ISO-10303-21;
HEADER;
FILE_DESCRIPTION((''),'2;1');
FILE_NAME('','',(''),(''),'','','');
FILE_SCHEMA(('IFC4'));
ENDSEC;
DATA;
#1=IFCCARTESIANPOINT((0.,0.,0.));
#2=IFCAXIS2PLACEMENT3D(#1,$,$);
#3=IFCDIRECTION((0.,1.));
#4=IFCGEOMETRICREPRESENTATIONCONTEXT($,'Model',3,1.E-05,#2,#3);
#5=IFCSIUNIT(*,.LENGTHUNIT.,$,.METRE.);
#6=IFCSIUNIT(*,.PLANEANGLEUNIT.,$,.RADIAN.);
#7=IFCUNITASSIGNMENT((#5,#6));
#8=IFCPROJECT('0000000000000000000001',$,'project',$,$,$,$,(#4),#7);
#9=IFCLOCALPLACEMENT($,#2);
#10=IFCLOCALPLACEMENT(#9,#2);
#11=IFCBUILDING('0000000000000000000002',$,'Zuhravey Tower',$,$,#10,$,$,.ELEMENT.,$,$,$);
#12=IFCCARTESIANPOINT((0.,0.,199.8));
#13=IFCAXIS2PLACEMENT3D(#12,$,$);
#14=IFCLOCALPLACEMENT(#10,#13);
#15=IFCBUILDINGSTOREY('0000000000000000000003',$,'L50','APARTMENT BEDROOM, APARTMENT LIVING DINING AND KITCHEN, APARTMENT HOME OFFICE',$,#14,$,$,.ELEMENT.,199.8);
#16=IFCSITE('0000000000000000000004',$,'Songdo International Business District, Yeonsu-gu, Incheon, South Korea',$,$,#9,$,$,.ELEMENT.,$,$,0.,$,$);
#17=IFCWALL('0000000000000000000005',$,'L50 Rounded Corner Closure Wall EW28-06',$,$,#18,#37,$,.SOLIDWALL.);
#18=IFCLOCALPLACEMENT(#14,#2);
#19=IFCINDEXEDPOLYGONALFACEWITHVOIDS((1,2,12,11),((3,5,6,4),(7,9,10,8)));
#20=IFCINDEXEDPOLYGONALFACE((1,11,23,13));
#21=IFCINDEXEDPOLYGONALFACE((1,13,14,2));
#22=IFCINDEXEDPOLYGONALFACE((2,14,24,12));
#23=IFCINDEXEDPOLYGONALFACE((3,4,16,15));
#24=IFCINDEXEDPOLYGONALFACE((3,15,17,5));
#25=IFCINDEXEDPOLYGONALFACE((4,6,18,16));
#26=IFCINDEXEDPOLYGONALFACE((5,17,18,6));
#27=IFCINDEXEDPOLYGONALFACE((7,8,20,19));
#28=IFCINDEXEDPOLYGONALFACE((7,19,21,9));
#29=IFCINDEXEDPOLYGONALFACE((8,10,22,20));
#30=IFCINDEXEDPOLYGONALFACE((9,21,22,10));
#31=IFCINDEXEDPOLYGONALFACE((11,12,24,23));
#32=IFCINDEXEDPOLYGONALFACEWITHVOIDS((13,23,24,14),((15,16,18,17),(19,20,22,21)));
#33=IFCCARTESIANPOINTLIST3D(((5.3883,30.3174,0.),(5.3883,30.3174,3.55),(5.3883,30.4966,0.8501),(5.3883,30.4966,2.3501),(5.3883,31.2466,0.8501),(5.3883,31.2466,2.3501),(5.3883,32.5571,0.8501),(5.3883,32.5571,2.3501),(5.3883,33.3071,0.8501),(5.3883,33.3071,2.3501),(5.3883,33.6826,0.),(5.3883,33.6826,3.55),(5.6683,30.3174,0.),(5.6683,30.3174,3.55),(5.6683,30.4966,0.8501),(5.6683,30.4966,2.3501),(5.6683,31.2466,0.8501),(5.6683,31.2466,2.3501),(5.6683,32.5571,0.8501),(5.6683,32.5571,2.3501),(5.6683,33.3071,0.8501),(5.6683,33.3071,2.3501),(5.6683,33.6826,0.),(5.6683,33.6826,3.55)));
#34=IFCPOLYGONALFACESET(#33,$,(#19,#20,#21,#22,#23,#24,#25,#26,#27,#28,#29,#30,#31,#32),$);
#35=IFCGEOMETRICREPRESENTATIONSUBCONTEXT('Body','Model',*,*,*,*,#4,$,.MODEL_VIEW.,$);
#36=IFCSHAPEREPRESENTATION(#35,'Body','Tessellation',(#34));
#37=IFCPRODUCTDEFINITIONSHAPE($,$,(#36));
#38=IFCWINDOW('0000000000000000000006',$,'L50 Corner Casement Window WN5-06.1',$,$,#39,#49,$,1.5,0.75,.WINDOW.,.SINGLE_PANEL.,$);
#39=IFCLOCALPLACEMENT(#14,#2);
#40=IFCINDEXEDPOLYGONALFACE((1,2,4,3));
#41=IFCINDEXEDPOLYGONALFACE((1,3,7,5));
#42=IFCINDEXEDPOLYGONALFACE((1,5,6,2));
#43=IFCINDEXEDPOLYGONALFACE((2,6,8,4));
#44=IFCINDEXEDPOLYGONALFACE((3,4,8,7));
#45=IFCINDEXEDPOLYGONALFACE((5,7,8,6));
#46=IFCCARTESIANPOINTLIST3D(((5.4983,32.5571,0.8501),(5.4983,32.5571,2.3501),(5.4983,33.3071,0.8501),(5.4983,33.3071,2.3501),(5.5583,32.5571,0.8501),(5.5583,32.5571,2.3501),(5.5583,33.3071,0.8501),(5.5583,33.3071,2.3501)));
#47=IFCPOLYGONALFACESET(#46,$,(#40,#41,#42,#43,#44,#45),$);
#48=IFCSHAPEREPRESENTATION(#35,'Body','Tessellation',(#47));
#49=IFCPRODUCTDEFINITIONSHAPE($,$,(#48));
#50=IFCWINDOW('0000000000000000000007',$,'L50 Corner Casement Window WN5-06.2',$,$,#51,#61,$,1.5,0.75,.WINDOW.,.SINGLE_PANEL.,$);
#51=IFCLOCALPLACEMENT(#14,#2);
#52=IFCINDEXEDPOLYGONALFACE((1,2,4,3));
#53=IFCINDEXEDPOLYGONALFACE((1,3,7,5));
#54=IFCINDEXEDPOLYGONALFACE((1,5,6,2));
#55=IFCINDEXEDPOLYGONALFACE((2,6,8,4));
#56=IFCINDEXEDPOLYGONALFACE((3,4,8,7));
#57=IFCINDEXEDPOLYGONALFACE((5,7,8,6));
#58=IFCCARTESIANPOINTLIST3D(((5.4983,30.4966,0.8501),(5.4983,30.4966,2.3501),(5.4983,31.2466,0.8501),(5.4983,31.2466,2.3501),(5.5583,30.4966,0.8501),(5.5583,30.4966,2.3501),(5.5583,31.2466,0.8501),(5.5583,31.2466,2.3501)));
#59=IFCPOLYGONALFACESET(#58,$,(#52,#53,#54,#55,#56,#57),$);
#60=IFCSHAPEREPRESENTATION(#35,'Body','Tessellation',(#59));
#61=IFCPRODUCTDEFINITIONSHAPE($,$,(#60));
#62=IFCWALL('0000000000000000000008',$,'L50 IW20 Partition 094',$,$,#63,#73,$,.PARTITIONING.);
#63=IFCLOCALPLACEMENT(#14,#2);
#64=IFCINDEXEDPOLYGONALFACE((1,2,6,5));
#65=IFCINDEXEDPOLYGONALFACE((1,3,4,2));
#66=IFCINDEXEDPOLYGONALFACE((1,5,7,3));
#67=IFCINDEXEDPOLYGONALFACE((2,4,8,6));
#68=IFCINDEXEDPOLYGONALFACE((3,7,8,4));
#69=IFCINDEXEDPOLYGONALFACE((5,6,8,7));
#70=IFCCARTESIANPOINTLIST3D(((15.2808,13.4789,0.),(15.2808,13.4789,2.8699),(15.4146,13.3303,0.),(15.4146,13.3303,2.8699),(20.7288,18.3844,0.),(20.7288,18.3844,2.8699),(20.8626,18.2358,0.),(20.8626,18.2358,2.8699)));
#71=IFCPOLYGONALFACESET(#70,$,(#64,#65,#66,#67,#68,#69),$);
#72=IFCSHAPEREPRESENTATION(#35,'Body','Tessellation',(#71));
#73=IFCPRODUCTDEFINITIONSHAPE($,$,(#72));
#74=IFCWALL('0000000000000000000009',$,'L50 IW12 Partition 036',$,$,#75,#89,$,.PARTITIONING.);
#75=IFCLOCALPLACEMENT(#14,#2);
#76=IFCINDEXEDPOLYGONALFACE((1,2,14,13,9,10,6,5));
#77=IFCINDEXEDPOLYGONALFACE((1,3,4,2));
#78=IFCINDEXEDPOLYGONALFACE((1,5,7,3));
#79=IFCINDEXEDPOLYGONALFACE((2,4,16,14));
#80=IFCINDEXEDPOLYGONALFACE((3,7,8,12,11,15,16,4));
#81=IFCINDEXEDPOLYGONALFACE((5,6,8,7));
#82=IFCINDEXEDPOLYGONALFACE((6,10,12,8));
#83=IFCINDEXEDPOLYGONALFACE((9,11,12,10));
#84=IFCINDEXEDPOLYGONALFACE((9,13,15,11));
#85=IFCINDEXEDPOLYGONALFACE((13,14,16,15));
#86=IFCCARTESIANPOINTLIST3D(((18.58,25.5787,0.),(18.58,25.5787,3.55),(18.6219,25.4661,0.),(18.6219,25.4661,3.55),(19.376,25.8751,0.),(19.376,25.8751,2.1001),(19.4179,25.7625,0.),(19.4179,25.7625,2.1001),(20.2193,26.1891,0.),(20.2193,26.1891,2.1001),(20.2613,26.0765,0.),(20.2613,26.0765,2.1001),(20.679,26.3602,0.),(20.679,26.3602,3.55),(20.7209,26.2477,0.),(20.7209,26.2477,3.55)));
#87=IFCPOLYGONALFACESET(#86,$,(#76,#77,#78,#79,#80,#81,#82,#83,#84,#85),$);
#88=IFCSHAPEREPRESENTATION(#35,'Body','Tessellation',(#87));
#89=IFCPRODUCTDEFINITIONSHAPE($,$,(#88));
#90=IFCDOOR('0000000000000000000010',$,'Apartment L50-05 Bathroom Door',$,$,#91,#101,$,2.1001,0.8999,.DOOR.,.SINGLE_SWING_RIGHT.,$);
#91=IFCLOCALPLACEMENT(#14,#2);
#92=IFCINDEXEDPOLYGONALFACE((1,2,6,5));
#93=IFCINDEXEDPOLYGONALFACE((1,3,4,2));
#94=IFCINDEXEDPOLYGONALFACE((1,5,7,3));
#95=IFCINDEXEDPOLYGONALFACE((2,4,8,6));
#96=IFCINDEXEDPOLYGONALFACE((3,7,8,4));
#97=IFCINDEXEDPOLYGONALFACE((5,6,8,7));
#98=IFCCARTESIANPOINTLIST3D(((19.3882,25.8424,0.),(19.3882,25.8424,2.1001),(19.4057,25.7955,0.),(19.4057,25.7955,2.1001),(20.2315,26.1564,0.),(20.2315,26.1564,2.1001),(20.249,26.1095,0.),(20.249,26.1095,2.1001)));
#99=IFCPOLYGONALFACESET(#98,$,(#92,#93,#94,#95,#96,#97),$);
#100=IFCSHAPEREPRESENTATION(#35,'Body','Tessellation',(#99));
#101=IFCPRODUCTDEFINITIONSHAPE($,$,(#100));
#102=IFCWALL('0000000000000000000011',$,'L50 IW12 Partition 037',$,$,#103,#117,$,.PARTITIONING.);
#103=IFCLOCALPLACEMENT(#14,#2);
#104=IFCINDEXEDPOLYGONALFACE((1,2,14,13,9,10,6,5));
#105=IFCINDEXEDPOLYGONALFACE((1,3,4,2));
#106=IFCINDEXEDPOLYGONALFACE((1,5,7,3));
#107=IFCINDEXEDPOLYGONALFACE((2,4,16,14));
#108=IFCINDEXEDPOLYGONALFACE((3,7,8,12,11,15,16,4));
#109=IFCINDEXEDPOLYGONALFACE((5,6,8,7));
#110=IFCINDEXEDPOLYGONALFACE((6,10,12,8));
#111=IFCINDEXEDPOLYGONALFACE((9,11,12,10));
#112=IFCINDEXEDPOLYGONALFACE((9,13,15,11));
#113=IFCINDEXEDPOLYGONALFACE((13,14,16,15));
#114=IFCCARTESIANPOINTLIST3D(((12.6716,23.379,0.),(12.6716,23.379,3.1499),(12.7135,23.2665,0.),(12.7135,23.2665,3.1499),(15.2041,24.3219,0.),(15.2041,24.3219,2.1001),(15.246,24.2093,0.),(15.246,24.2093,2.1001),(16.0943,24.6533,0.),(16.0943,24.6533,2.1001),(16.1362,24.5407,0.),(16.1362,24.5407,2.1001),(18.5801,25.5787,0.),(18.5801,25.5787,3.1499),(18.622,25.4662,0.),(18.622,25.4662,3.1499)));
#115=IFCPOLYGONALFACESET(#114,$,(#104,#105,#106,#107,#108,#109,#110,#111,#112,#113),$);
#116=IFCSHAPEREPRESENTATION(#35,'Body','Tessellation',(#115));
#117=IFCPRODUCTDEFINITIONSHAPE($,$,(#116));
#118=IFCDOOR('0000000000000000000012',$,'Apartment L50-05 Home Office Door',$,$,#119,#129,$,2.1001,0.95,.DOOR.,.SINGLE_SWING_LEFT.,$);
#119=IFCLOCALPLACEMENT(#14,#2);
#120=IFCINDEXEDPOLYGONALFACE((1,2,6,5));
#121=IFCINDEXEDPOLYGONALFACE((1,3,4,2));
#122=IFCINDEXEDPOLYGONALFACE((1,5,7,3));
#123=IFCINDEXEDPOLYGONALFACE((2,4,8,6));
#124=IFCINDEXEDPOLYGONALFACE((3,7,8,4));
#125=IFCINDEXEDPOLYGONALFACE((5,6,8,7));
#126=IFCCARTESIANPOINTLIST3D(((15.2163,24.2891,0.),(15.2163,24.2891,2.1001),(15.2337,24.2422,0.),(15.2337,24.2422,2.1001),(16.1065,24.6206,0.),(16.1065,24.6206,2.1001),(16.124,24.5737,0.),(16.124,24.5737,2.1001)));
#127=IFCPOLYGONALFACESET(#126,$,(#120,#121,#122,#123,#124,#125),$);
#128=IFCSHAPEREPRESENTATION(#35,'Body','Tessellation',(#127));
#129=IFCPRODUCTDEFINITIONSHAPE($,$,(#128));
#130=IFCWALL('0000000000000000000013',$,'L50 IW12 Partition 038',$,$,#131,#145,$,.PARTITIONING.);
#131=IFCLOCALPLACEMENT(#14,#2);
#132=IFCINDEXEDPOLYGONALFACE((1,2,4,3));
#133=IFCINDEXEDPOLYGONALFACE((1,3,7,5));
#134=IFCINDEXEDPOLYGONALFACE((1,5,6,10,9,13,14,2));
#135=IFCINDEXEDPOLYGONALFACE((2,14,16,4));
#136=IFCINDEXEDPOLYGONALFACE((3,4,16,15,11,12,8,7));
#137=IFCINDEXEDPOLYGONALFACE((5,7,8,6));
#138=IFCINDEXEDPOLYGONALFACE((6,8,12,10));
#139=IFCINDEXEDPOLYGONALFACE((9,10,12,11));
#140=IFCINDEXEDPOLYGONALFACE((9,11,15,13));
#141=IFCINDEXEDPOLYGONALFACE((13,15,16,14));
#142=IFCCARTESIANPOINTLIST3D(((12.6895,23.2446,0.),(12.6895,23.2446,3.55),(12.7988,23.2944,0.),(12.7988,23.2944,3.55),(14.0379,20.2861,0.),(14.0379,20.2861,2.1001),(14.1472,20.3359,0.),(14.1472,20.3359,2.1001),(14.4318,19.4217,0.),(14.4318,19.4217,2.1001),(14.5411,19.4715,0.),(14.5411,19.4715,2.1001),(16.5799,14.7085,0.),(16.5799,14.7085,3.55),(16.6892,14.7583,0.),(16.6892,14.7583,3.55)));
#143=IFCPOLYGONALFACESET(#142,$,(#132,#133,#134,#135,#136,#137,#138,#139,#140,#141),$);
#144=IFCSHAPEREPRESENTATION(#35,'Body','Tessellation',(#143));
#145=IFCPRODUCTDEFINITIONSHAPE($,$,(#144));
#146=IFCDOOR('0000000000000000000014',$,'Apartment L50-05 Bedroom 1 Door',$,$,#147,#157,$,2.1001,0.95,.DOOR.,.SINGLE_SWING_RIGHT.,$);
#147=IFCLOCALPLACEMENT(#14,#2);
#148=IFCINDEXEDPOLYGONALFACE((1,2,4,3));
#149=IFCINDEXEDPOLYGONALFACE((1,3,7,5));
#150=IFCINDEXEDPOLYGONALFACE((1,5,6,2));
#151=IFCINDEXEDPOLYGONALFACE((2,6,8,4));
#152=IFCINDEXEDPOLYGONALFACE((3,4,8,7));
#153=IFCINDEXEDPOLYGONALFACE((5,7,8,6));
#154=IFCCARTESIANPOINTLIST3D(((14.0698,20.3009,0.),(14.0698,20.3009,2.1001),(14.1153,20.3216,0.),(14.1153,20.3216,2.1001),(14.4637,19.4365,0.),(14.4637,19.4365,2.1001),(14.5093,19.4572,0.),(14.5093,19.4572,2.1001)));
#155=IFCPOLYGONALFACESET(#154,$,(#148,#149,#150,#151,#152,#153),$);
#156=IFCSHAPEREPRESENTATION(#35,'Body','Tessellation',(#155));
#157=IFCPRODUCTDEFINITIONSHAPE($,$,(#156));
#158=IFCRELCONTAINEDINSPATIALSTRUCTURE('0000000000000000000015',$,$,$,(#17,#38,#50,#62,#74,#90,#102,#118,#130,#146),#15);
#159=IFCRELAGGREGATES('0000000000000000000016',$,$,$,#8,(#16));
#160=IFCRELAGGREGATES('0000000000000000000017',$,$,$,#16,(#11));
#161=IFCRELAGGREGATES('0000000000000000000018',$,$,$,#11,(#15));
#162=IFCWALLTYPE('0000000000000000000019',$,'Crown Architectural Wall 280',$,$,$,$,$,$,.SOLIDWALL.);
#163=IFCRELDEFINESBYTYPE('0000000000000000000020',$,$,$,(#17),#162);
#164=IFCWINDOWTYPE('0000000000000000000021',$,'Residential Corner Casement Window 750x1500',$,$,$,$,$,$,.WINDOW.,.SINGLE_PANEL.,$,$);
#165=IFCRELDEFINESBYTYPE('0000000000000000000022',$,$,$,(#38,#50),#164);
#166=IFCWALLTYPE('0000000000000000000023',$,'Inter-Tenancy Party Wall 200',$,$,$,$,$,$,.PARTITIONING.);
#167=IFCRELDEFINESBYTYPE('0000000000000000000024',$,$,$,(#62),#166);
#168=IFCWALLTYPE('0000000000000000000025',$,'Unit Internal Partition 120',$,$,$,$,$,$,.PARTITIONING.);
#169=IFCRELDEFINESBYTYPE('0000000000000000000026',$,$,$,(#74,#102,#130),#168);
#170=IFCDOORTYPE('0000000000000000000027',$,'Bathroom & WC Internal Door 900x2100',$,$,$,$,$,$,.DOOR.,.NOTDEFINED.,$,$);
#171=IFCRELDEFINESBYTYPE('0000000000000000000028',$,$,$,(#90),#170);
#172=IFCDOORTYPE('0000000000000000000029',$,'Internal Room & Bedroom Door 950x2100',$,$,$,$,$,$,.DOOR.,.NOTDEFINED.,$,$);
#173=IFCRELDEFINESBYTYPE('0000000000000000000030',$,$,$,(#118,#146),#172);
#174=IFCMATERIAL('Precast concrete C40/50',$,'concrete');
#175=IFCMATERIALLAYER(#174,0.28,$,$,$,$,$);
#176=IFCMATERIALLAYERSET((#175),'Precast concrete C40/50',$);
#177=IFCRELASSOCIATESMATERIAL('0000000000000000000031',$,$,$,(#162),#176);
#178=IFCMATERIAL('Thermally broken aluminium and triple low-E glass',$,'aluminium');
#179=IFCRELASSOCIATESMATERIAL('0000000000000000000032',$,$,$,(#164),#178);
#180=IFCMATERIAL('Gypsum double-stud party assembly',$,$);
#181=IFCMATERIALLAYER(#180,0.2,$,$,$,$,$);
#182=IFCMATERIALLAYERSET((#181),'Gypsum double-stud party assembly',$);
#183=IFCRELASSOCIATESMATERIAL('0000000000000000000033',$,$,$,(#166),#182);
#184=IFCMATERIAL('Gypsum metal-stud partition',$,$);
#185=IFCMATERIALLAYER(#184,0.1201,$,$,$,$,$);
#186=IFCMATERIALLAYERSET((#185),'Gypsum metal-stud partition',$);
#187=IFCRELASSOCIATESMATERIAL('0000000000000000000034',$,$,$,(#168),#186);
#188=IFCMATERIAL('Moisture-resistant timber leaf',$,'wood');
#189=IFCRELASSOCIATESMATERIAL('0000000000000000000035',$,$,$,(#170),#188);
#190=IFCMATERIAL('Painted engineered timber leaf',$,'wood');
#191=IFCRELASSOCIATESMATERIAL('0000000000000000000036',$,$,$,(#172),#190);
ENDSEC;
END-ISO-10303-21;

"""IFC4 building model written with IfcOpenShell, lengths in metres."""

from ifc_helpers import new_model, si_unit, direction, frame, frame_2d, origin, place, context, subcontext, project, spatial, rectangle, extrude, material, layer, layer_set, type_object, element, fill, save


model = new_model("IFC4")

# Units and contexts
model_context = context("Model", 3, precision=1e-05, world=origin(), true_north=direction((0.0, 1.0)))
body_context = subcontext(model_context, "Body", "Model", "MODEL_VIEW")
ifc_project = project(units=[si_unit("LENGTHUNIT", "METRE"), si_unit("PLANEANGLEUNIT", "RADIAN")], contexts=[model_context])

# Site, building, storey
site_placement = place(None, origin())
site = spatial("IfcSite", under=ifc_project, at=site_placement, Name="Songdo International Business District, Yeonsu-gu, Incheon, South Korea", CompositionType="ELEMENT", RefElevation=0.0)
building_placement = place(site_placement, origin())
building = spatial("IfcBuilding", under=site, at=building_placement, Name="Zuhravey Tower", CompositionType="ELEMENT")
storey_placement = place(building_placement, frame((0.0, 0.0, 199.8)))
storey = spatial("IfcBuildingStorey", under=building, at=storey_placement, Name="L50", Description="APARTMENT BEDROOM, APARTMENT LIVING DINING AND KITCHEN, APARTMENT HOME OFFICE", CompositionType="ELEMENT", Elevation=199.8)

# Wall, openings, windows
ifc_material_1 = material(Name="Precast concrete C40/50", Category="concrete")
ifc_layer_1 = layer(ifc_material_1, 0.28)
ifc_layer_set_1 = layer_set([ifc_layer_1], Name="Precast concrete C40/50")
wall_type_1 = type_object("IfcWallType", Name="Crown Architectural Wall 280", PredefinedType="SOLIDWALL", material=ifc_layer_set_1)
wall_1_placement = place(storey_placement, frame((5.5283, 30.3174, 0.0), z_axis=(0.0, 0.0, 1.0), x_axis=(0.0, 1.0, 0.0)))
wall_1 = element("IfcWall", 1, at=wall_1_placement, inside=storey, type_object=wall_type_1, Name="L50 Rounded Corner Closure Wall EW28-06", PredefinedType="SOLIDWALL", context=body_context, shape_type="SweptSolid", body=[
    extrude(rectangle(XDim=3.3652, YDim=0.28, at=frame_2d((1.6826, 0.0))), origin(), (0.0, 0.0, 1.0), 3.55),
])
opening_1_placement = place(wall_1_placement, frame((2.2397, 0.0, 0.8501)))
opening_1 = element("IfcOpeningElement", 2, at=opening_1_placement, cuts=wall_1, PredefinedType="OPENING", context=body_context, shape_type="SweptSolid", body=[
    extrude(rectangle(XDim=0.75, YDim=1.5, at=frame_2d((0.375, 0.75))), frame((0.0, 0.1521, 0.0), z_axis=(0.0, -1.0, 0.0), x_axis=(1.0, 0.0, 0.0)), (0.0, 0.0, 1.0), 0.304),
])
opening_2_placement = place(wall_1_placement, frame((0.1792, 0.0, 0.8501)))
opening_2 = element("IfcOpeningElement", 3, at=opening_2_placement, cuts=wall_1, PredefinedType="OPENING", context=body_context, shape_type="SweptSolid", body=[
    extrude(rectangle(XDim=0.75, YDim=1.5, at=frame_2d((0.375, 0.75))), frame((0.0, 0.1521, 0.0), z_axis=(0.0, -1.0, 0.0), x_axis=(1.0, 0.0, 0.0)), (0.0, 0.0, 1.0), 0.304),
])
ifc_material_2 = material(Name="Thermally broken aluminium and triple low-E glass", Category="aluminium")
window_type = type_object("IfcWindowType", Name="Residential Corner Casement Window 750x1500", PartitioningType="SINGLE_PANEL", PredefinedType="WINDOW", material=ifc_material_2)
window_1_placement = place(opening_1_placement, origin())
window_1 = element("IfcWindow", 4, at=window_1_placement, inside=storey, type_object=window_type, Name="L50 Corner Casement Window WN5-06.1", OverallHeight=1.5, OverallWidth=0.75, PartitioningType="SINGLE_PANEL", PredefinedType="WINDOW", context=body_context, shape_type="SweptSolid", body=[
    extrude(rectangle(XDim=0.75, YDim=1.5, at=frame_2d((0.375, 0.75))), frame((0.0, 0.03, 0.0), z_axis=(0.0, -1.0, 0.0), x_axis=(1.0, 0.0, 0.0)), (0.0, 0.0, 1.0), 0.0601),
])
fill(opening_1, window_1)
window_2_placement = place(opening_2_placement, origin())
window_2 = element("IfcWindow", 5, at=window_2_placement, inside=storey, type_object=window_type, Name="L50 Corner Casement Window WN5-06.2", OverallHeight=1.5, OverallWidth=0.75, PartitioningType="SINGLE_PANEL", PredefinedType="WINDOW", context=body_context, shape_type="SweptSolid", body=[
    extrude(rectangle(XDim=0.75, YDim=1.5, at=frame_2d((0.375, 0.75))), frame((0.0, 0.03, 0.0), z_axis=(0.0, -1.0, 0.0), x_axis=(1.0, 0.0, 0.0)), (0.0, 0.0, 1.0), 0.0601),
])
fill(opening_2, window_2)

# Wall
ifc_material_3 = material(Name="Gypsum double-stud party assembly")
ifc_layer_2 = layer(ifc_material_3, 0.2)
ifc_layer_set_2 = layer_set([ifc_layer_2], Name="Gypsum double-stud party assembly")
wall_type_2 = type_object("IfcWallType", Name="Inter-Tenancy Party Wall 200", PredefinedType="PARTITIONING", material=ifc_layer_set_2)
wall_2_placement = place(storey_placement, frame((20.7957, 18.3101, 0.0), z_axis=(0.0, 0.0, 1.0), x_axis=(-0.743137, -0.66914, 0.0)))
element("IfcWall", 6, at=wall_2_placement, inside=storey, type_object=wall_type_2, Name="L50 IW20 Partition 094", PredefinedType="PARTITIONING", context=body_context, shape_type="SweptSolid", body=[
    extrude(rectangle(XDim=7.3311, YDim=0.2, at=frame_2d((3.6655, 0.0))), origin(), (0.0, 0.0, 1.0), 2.8699),
])

# Walls, openings, doors
ifc_material_4 = material(Name="Gypsum metal-stud partition")
ifc_layer_3 = layer(ifc_material_4, 0.1201)
ifc_layer_set_3 = layer_set([ifc_layer_3], Name="Gypsum metal-stud partition")
wall_type_3 = type_object("IfcWallType", Name="Unit Internal Partition 120", PredefinedType="PARTITIONING", material=ifc_layer_set_3)
wall_3_placement = place(storey_placement, frame((20.7, 26.304, 0.0), z_axis=(0.0, 0.0, 1.0), x_axis=(-0.937146, -0.348936, 0.0)))
wall_3 = element("IfcWall", 7, at=wall_3_placement, inside=storey, type_object=wall_type_3, Name="L50 IW12 Partition 036", PredefinedType="PARTITIONING", context=body_context, shape_type="SweptSolid", body=[
    extrude(rectangle(XDim=2.2397, YDim=0.1201, at=frame_2d((1.1199, 0.0))), origin(), (0.0, 0.0, 1.0), 3.55),
])
opening_3_placement = place(wall_3_placement, frame((0.4905, 0.0, 0.0)))
opening_3 = element("IfcOpeningElement", 8, at=opening_3_placement, cuts=wall_3, PredefinedType="OPENING", context=body_context, shape_type="SweptSolid", body=[
    extrude(rectangle(XDim=0.8999, YDim=2.1001, at=frame_2d((0.45, 1.05))), frame((0.0, 0.072, 0.0), z_axis=(0.0, -1.0, 0.0), x_axis=(1.0, 0.0, 0.0)), (0.0, 0.0, 1.0), 0.144),
])
ifc_material_5 = material(Name="Moisture-resistant timber leaf", Category="wood")
door_type_1 = type_object("IfcDoorType", Name="Bathroom & WC Internal Door 900x2100", OperationType="NOTDEFINED", PredefinedType="DOOR", material=ifc_material_5)
door_1_placement = place(opening_3_placement, origin())
door_1 = element("IfcDoor", 9, at=door_1_placement, inside=storey, type_object=door_type_1, Name="Apartment L50-05 Bathroom Door", OperationType="SINGLE_SWING_RIGHT", OverallHeight=2.1001, OverallWidth=0.8999, PredefinedType="DOOR", context=body_context, shape_type="SweptSolid", body=[
    extrude(rectangle(XDim=0.8999, YDim=2.1001, at=frame_2d((0.45, 1.05))), frame((0.0, 0.0249, 0.0), z_axis=(0.0, -1.0, 0.0), x_axis=(1.0, 0.0, 0.0)), (0.0, 0.0, 1.0), 0.05),
])
fill(opening_3, door_1)
wall_4_placement = place(storey_placement, frame((18.6011, 25.5225, 0.0), z_axis=(0.0, 0.0, 1.0), x_axis=(-0.937159, -0.348903, 0.0)))
wall_4 = element("IfcWall", 10, at=wall_4_placement, inside=storey, type_object=wall_type_3, Name="L50 IW12 Partition 037", PredefinedType="PARTITIONING", context=body_context, shape_type="SweptSolid", body=[
    extrude(rectangle(XDim=6.3047, YDim=0.1201, at=frame_2d((3.1523, 0.0))), origin(), (0.0, 0.0, 1.0), 3.1499),
])
opening_4_placement = place(wall_4_placement, frame((2.6523, 0.0, 0.0)))
opening_4 = element("IfcOpeningElement", 11, at=opening_4_placement, cuts=wall_4, PredefinedType="OPENING", context=body_context, shape_type="SweptSolid", body=[
    extrude(rectangle(XDim=0.95, YDim=2.1001, at=frame_2d((0.4751, 1.05))), frame((0.0, 0.072, 0.0), z_axis=(0.0, -1.0, 0.0), x_axis=(1.0, 0.0, 0.0)), (0.0, 0.0, 1.0), 0.144),
])
ifc_material_6 = material(Name="Painted engineered timber leaf", Category="wood")
door_type_2 = type_object("IfcDoorType", Name="Internal Room & Bedroom Door 950x2100", OperationType="NOTDEFINED", PredefinedType="DOOR", material=ifc_material_6)
door_2_placement = place(opening_4_placement, origin())
door_2 = element("IfcDoor", 12, at=door_2_placement, inside=storey, type_object=door_type_2, Name="Apartment L50-05 Home Office Door", OperationType="SINGLE_SWING_LEFT", OverallHeight=2.1001, OverallWidth=0.95, PredefinedType="DOOR", context=body_context, shape_type="SweptSolid", body=[
    extrude(rectangle(XDim=0.95, YDim=2.1001, at=frame_2d((0.4751, 1.05))), frame((0.0, 0.0249, 0.0), z_axis=(0.0, -1.0, 0.0), x_axis=(1.0, 0.0, 0.0)), (0.0, 0.0, 1.0), 0.05),
])
fill(opening_4, door_2)
wall_5_placement = place(storey_placement, frame((12.7441, 23.2695, 0.0), z_axis=(0.0, 0.0, 1.0), x_axis=(0.414715, -0.909952, 0.0)))
wall_5 = element("IfcWall", 13, at=wall_5_placement, inside=storey, type_object=wall_type_3, Name="L50 IW12 Partition 038", PredefinedType="PARTITIONING", context=body_context, shape_type="SweptSolid", body=[
    extrude(rectangle(XDim=9.3809, YDim=0.1201, at=frame_2d((4.6904, 0.0))), origin(), (0.0, 0.0, 1.0), 3.55),
])
opening_5_placement = place(wall_5_placement, frame((3.2512, 0.0, 0.0)))
opening_5 = element("IfcOpeningElement", 14, at=opening_5_placement, cuts=wall_5, PredefinedType="OPENING", context=body_context, shape_type="SweptSolid", body=[
    extrude(rectangle(XDim=0.95, YDim=2.1001, at=frame_2d((0.4751, 1.05))), frame((0.0, 0.072, 0.0), z_axis=(0.0, -1.0, 0.0), x_axis=(1.0, 0.0, 0.0)), (0.0, 0.0, 1.0), 0.144),
])
door_3_placement = place(opening_5_placement, frame((0.95, 0.0, 0.0), z_axis=(0.0, 0.0, 1.0), x_axis=(-1.0, 0.0, 0.0)))
door_3 = element("IfcDoor", 15, at=door_3_placement, inside=storey, type_object=door_type_2, Name="Apartment L50-05 Bedroom 1 Door", OperationType="SINGLE_SWING_RIGHT", OverallHeight=2.1001, OverallWidth=0.95, PredefinedType="DOOR", context=body_context, shape_type="SweptSolid", body=[
    extrude(rectangle(XDim=0.95, YDim=2.1001, at=frame_2d((0.4751, 1.05))), frame((0.0, 0.0249, 0.0), z_axis=(0.0, -1.0, 0.0), x_axis=(1.0, 0.0, 0.0)), (0.0, 0.0, 1.0), 0.05),
])
fill(opening_5, door_3)

save(model, "model.ifc")
